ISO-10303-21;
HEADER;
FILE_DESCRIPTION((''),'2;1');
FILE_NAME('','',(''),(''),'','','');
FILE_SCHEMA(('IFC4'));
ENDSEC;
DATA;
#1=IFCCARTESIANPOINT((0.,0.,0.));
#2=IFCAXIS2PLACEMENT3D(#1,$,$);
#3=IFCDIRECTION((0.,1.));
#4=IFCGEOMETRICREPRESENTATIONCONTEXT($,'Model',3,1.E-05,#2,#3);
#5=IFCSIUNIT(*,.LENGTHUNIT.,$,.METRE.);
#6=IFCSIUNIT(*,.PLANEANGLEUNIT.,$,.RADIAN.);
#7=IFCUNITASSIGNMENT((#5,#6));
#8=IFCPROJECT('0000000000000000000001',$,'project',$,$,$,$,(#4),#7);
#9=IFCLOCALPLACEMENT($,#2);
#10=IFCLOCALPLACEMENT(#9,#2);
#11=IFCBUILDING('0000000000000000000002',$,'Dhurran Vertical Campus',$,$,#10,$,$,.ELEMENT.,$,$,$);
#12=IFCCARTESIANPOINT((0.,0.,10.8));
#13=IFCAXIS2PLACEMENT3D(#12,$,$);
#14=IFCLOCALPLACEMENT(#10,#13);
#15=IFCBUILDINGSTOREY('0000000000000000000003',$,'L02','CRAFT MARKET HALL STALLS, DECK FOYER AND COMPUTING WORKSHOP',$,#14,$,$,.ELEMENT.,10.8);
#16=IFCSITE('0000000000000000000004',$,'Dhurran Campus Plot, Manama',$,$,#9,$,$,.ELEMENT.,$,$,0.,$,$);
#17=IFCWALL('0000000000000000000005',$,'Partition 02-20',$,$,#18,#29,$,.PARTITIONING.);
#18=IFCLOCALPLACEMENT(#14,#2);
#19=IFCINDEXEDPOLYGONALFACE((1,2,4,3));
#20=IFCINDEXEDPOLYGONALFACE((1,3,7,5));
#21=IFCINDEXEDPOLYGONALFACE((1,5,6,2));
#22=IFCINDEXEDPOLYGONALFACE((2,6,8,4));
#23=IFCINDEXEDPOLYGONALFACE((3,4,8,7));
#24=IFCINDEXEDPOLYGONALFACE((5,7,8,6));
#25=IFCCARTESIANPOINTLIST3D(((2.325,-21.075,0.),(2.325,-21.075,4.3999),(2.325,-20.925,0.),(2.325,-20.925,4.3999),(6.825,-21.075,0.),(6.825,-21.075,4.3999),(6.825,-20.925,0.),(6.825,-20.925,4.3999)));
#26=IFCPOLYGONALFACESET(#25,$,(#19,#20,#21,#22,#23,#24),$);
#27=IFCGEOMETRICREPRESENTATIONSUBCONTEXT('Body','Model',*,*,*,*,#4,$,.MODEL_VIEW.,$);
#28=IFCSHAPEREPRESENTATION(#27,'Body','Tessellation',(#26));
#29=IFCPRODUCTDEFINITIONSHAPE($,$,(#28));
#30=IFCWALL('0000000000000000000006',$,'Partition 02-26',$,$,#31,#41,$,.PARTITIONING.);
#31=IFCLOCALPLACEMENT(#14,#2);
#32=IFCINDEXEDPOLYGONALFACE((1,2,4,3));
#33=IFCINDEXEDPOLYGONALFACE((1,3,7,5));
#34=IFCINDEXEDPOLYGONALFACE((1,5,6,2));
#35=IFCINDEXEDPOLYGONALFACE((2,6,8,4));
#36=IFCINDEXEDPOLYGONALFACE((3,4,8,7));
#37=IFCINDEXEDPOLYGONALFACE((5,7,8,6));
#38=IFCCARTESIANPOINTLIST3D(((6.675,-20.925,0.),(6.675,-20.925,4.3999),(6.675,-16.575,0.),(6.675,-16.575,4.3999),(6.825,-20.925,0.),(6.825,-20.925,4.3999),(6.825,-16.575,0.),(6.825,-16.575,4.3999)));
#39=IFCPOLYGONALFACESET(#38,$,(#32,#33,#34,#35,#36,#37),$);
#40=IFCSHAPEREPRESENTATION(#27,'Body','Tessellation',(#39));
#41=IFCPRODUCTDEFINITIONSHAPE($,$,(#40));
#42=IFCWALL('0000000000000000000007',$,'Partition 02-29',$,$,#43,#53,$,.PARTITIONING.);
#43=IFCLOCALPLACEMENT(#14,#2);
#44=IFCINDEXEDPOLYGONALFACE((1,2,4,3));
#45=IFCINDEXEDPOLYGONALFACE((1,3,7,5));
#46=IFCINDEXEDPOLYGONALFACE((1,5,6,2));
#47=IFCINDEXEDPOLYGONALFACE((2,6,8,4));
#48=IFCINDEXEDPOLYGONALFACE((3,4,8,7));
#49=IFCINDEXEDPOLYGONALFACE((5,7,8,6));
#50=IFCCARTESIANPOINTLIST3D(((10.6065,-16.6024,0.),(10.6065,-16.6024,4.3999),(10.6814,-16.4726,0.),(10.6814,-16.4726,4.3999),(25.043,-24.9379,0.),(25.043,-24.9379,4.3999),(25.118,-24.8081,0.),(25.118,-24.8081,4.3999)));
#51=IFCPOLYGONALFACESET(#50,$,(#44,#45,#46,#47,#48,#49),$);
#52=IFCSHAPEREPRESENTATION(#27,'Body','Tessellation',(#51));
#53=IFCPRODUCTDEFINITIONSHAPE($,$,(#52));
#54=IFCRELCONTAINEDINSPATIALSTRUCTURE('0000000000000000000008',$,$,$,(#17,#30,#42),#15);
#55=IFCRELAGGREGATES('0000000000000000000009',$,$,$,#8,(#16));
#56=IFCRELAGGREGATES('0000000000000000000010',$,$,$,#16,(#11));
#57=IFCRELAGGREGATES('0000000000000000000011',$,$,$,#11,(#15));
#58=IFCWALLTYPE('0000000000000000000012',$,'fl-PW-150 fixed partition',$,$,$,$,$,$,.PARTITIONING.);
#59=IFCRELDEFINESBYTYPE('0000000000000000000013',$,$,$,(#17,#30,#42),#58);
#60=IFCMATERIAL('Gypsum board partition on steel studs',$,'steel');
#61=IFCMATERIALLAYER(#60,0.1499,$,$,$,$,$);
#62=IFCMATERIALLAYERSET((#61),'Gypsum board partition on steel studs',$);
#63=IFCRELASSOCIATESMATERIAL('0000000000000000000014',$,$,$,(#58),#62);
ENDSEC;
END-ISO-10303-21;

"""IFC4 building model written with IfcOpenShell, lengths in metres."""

from ifc_helpers import new_model, si_unit, direction, frame, frame_2d, origin, place, context, subcontext, project, spatial, rectangle, extrude, material, layer, layer_set, type_object, element, save


model = new_model("IFC4")

# Units and contexts
model_context = context("Model", 3, precision=1e-05, world=origin(), true_north=direction((0.0, 1.0)))
body_context = subcontext(model_context, "Body", "Model", "MODEL_VIEW")
ifc_project = project(units=[si_unit("LENGTHUNIT", "METRE"), si_unit("PLANEANGLEUNIT", "RADIAN")], contexts=[model_context])

# Site, building, storey
site_placement = place(None, origin())
site = spatial("IfcSite", under=ifc_project, at=site_placement, Name="Dhurran Campus Plot, Manama", CompositionType="ELEMENT", RefElevation=0.0)
building_placement = place(site_placement, origin())
building = spatial("IfcBuilding", under=site, at=building_placement, Name="Dhurran Vertical Campus", CompositionType="ELEMENT")
storey_placement = place(building_placement, frame((0.0, 0.0, 10.8)))
storey = spatial("IfcBuildingStorey", under=building, at=storey_placement, Name="L02", Description="CRAFT MARKET HALL STALLS, DECK FOYER AND COMPUTING WORKSHOP", CompositionType="ELEMENT", Elevation=10.8)

# Walls
ifc_material_1 = material(Name="Gypsum board partition on steel studs", Category="steel")
ifc_layer_1 = layer(ifc_material_1, 0.1499)
ifc_layer_set_1 = layer_set([ifc_layer_1], Name="Gypsum board partition on steel studs")
wall_type_1 = type_object("IfcWallType", Name="fl-PW-150 fixed partition", PredefinedType="PARTITIONING", material=ifc_layer_set_1)
wall_1_placement = place(storey_placement, frame((6.825, -21.0, 0.0), z_axis=(0.0, 0.0, 1.0), x_axis=(-1.0, 0.0, 0.0)))
element("IfcWall", 1, at=wall_1_placement, inside=storey, type_object=wall_type_1, Name="Partition 02-20", PredefinedType="PARTITIONING", context=body_context, shape_type="SweptSolid", body=[
    extrude(rectangle(XDim=4.5, YDim=0.1499, at=frame_2d((2.25, 0.0))), origin(), (0.0, 0.0, 1.0), 4.3999),
])
wall_2_placement = place(storey_placement, frame((6.75, -16.575, 0.0), z_axis=(0.0, 0.0, 1.0), x_axis=(0.0, -1.0, 0.0)))
element("IfcWall", 2, at=wall_2_placement, inside=storey, type_object=wall_type_1, Name="Partition 02-26", PredefinedType="PARTITIONING", context=body_context, shape_type="SweptSolid", body=[
    extrude(rectangle(XDim=4.3501, YDim=0.1499, at=frame_2d((2.175, 0.0))), origin(), (0.0, 0.0, 1.0), 4.3999),
])
wall_3_placement = place(storey_placement, frame((10.644, -16.5376, 0.0), z_axis=(0.0, 0.0, 1.0), x_axis=(0.866012, -0.500023, 0.0)))
element("IfcWall", 3, at=wall_3_placement, inside=storey, type_object=wall_type_1, Name="Partition 02-29", PredefinedType="PARTITIONING", context=body_context, shape_type="SweptSolid", body=[
    extrude(rectangle(XDim=16.6702, YDim=0.1499, at=frame_2d((8.335, 0.0))), origin(), (0.0, 0.0, 1.0), 4.3999),
])

save(model, "model.ifc")
